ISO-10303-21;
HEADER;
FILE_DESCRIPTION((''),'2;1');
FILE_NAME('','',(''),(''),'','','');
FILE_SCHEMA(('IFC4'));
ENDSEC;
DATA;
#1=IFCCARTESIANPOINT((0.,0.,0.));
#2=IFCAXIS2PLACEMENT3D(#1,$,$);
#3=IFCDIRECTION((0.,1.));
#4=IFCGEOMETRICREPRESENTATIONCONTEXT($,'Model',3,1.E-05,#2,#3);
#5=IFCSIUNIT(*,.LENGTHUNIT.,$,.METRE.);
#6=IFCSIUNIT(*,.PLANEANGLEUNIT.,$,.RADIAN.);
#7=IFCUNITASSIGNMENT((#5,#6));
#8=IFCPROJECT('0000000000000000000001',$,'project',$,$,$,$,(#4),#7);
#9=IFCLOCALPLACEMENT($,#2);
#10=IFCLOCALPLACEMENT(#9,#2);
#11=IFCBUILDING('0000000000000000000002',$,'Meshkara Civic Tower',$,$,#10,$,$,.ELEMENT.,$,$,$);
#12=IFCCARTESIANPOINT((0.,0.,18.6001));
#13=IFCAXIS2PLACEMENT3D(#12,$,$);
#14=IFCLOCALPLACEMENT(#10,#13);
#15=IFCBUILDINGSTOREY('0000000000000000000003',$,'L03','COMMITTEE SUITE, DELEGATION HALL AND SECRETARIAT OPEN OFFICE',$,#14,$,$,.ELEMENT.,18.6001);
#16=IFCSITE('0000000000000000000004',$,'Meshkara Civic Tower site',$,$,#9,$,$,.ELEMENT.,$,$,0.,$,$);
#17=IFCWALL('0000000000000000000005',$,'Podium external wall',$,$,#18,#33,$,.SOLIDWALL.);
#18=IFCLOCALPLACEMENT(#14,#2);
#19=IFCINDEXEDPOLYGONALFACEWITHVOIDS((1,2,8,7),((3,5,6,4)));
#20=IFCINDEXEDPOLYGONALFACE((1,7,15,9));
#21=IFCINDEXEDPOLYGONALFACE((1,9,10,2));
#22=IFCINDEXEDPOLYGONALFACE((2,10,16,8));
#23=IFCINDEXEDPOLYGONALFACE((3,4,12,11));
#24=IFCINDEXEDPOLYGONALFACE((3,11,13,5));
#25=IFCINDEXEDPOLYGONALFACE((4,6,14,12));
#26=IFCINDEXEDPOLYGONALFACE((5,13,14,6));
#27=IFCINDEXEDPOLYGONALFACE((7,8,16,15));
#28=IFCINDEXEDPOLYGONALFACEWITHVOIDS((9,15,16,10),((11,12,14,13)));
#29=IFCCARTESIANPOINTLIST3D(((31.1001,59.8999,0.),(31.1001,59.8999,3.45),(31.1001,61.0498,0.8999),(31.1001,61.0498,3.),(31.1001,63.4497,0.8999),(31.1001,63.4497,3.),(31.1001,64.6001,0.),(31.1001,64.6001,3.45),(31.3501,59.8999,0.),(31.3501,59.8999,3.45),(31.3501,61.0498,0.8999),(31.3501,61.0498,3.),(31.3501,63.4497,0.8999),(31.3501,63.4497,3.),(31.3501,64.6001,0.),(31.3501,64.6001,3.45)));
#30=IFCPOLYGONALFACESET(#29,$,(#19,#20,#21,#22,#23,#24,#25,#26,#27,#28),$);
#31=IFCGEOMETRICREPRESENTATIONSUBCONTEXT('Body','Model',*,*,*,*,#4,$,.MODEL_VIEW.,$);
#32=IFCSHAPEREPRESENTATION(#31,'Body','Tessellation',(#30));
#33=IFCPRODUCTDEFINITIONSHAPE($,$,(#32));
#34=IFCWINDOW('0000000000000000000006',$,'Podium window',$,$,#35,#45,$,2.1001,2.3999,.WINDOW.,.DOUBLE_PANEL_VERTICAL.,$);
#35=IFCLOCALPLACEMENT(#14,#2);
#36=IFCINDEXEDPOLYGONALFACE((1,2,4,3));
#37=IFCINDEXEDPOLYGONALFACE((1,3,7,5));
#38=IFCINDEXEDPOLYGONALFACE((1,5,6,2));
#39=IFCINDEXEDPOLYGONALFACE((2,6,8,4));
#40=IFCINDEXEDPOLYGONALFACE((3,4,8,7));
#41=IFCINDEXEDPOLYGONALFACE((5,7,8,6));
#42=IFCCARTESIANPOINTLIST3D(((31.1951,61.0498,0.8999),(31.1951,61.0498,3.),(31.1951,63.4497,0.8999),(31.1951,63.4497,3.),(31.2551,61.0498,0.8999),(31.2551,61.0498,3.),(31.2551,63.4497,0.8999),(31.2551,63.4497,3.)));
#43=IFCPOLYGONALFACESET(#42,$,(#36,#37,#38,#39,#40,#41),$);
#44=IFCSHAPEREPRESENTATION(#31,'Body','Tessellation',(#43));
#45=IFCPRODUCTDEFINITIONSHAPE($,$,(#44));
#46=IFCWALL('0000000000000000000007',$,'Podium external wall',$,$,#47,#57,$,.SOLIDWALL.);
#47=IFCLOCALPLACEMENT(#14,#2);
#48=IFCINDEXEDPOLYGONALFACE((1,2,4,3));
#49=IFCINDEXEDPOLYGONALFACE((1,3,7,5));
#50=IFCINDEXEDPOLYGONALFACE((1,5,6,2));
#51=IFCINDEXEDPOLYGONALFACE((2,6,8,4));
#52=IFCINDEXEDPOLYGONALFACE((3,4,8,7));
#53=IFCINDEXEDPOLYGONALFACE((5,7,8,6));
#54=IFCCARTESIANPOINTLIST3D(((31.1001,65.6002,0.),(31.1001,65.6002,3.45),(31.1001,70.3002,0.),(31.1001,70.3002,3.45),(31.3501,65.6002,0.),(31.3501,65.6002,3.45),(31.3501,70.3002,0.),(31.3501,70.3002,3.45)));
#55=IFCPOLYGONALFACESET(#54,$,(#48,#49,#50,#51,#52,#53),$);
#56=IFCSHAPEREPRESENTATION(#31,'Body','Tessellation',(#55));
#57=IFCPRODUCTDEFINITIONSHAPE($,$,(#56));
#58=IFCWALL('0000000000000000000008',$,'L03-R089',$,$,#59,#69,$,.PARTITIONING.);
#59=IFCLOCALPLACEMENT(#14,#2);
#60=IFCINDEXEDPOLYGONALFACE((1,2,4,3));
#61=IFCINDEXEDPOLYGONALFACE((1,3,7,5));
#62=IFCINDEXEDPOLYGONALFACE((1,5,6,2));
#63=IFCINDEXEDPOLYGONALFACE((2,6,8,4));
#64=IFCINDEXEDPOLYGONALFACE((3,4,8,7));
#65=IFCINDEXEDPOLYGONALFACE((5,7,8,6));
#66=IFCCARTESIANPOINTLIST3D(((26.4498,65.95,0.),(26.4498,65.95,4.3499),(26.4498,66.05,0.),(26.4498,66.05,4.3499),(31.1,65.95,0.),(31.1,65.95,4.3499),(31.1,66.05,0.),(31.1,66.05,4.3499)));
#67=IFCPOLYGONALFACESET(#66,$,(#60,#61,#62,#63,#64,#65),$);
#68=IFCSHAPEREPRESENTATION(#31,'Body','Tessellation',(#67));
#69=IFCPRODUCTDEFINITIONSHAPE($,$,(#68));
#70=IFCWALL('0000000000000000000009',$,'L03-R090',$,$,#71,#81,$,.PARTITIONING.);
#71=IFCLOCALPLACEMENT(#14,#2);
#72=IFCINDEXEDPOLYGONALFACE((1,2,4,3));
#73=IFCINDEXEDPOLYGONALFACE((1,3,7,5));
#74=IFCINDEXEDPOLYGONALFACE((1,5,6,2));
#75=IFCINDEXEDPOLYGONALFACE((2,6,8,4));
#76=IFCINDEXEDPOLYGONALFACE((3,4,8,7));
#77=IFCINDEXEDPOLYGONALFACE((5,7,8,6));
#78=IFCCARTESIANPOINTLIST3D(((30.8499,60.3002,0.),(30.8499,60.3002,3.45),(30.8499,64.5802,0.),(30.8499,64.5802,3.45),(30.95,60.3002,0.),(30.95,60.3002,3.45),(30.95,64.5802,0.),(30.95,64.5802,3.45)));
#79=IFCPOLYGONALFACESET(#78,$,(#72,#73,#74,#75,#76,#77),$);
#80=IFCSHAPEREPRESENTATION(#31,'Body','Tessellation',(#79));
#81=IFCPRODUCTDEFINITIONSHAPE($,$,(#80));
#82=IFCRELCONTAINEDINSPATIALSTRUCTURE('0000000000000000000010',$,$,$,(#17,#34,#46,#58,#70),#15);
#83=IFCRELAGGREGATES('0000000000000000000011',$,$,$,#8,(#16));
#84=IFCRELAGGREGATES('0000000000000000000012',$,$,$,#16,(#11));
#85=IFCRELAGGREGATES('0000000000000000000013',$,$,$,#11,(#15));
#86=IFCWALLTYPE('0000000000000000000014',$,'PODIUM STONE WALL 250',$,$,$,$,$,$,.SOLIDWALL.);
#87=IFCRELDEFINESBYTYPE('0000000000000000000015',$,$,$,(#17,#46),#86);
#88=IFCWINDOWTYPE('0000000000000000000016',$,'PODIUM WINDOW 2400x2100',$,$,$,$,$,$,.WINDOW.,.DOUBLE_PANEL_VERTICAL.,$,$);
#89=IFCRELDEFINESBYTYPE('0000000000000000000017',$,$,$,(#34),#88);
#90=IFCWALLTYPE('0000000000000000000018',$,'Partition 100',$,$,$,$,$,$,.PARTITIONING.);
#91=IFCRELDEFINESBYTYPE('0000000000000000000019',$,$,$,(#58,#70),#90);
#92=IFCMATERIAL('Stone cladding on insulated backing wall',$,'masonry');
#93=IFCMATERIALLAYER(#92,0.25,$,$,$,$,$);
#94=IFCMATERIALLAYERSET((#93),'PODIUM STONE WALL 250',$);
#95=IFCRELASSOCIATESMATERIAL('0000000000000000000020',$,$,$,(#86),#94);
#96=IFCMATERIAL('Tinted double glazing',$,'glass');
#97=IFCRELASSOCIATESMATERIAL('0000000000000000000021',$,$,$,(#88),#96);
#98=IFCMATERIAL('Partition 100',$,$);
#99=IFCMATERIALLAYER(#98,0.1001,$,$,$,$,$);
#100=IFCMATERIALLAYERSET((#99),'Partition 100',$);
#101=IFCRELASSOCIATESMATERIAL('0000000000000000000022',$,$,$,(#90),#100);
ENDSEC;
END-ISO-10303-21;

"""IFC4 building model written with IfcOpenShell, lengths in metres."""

from ifc_helpers import new_model, si_unit, direction, frame, frame_2d, origin, place, context, subcontext, project, spatial, rectangle, extrude, material, layer, layer_set, type_object, element, fill, save


model = new_model("IFC4")

# Units and contexts
model_context = context("Model", 3, precision=1e-05, world=origin(), true_north=direction((0.0, 1.0)))
body_context = subcontext(model_context, "Body", "Model", "MODEL_VIEW")
ifc_project = project(units=[si_unit("LENGTHUNIT", "METRE"), si_unit("PLANEANGLEUNIT", "RADIAN")], contexts=[model_context])

# Site, building, storey
site_placement = place(None, origin())
site = spatial("IfcSite", under=ifc_project, at=site_placement, Name="Meshkara Civic Tower site", CompositionType="ELEMENT", RefElevation=0.0)
building_placement = place(site_placement, origin())
building = spatial("IfcBuilding", under=site, at=building_placement, Name="Meshkara Civic Tower", CompositionType="ELEMENT")
storey_placement = place(building_placement, frame((0.0, 0.0, 18.6001)))
storey = spatial("IfcBuildingStorey", under=building, at=storey_placement, Name="L03", Description="COMMITTEE SUITE, DELEGATION HALL AND SECRETARIAT OPEN OFFICE", CompositionType="ELEMENT", Elevation=18.6001)

# Shared definitions
ifc_material_1 = material(Name="Stone cladding on insulated backing wall", Category="masonry")
ifc_layer_1 = layer(ifc_material_1, 0.25)
ifc_layer_set_1 = layer_set([ifc_layer_1], Name="PODIUM STONE WALL 250")
wall_type_1 = type_object("IfcWallType", Name="PODIUM STONE WALL 250", PredefinedType="SOLIDWALL", material=ifc_layer_set_1)

# Wall, opening, window
wall_1_placement = place(storey_placement, frame((31.2251, 59.8999, 0.0), z_axis=(0.0, 0.0, 1.0), x_axis=(0.0, 1.0, 0.0)))
wall_1 = element("IfcWall", 1, at=wall_1_placement, inside=storey, type_object=wall_type_1, Name="Podium external wall", PredefinedType="SOLIDWALL", context=body_context, shape_type="SweptSolid", body=[
    extrude(rectangle(XDim=4.7002, YDim=0.25, at=frame_2d((2.3501, 0.0))), origin(), (0.0, 0.0, 1.0), 3.45),
])
opening_1_placement = place(wall_1_placement, frame((1.1499, 0.0, 0.8999)))
opening_1 = element("IfcOpeningElement", 2, at=opening_1_placement, cuts=wall_1, PredefinedType="OPENING", context=body_context, shape_type="SweptSolid", body=[
    extrude(rectangle(XDim=2.3999, YDim=2.1001, at=frame_2d((1.2, 1.05))), frame((0.0, 0.135, 0.0), z_axis=(0.0, -1.0, 0.0), x_axis=(1.0, 0.0, 0.0)), (0.0, 0.0, 1.0), 0.27),
])
ifc_material_2 = material(Name="Tinted double glazing", Category="glass")
window_type = type_object("IfcWindowType", Name="PODIUM WINDOW 2400x2100", PartitioningType="DOUBLE_PANEL_VERTICAL", PredefinedType="WINDOW", material=ifc_material_2)
window_placement = place(opening_1_placement, origin())
window = element("IfcWindow", 3, at=window_placement, inside=storey, type_object=window_type, Name="Podium window", OverallHeight=2.1001, OverallWidth=2.3999, PartitioningType="DOUBLE_PANEL_VERTICAL", PredefinedType="WINDOW", context=body_context, shape_type="SweptSolid", body=[
    extrude(rectangle(XDim=2.3999, YDim=2.1001, at=frame_2d((1.2, 1.05))), frame((0.0, 0.03, 0.0), z_axis=(0.0, -1.0, 0.0), x_axis=(1.0, 0.0, 0.0)), (0.0, 0.0, 1.0), 0.0601),
])
fill(opening_1, window)

# Walls
wall_2_placement = place(storey_placement, frame((31.2251, 65.6001, 0.0), z_axis=(0.0, 0.0, 1.0), x_axis=(0.0, 1.0, 0.0)))
element("IfcWall", 4, at=wall_2_placement, inside=storey, type_object=wall_type_1, Name="Podium external wall", PredefinedType="SOLIDWALL", context=body_context, shape_type="SweptSolid", body=[
    extrude(rectangle(XDim=4.7, YDim=0.25, at=frame_2d((2.3501, 0.0))), origin(), (0.0, 0.0, 1.0), 3.45),
])
ifc_material_3 = material(Name="Partition 100")
ifc_layer_2 = layer(ifc_material_3, 0.1001)
ifc_layer_set_2 = layer_set([ifc_layer_2], Name="Partition 100")
wall_type_2 = type_object("IfcWallType", Name="Partition 100", PredefinedType="PARTITIONING", material=ifc_layer_set_2)
wall_3_placement = place(storey_placement, frame((31.1001, 66.0, 0.0), z_axis=(0.0, 0.0, 1.0), x_axis=(-1.0, 0.0, 0.0)))
element("IfcWall", 5, at=wall_3_placement, inside=storey, type_object=wall_type_2, Name="L03-R089", PredefinedType="PARTITIONING", context=body_context, shape_type="SweptSolid", body=[
    extrude(rectangle(XDim=4.6501, YDim=0.1001, at=frame_2d((2.3252, 0.0))), origin(), (0.0, 0.0, 1.0), 4.3499),
])
wall_4_placement = place(storey_placement, frame((30.8999, 60.3, 0.0), z_axis=(0.0, 0.0, 1.0), x_axis=(0.0, 1.0, 0.0)))
element("IfcWall", 6, at=wall_4_placement, inside=storey, type_object=wall_type_2, Name="L03-R090", PredefinedType="PARTITIONING", context=body_context, shape_type="SweptSolid", body=[
    extrude(rectangle(XDim=4.28, YDim=0.1001, at=frame_2d((2.1401, 0.0))), origin(), (0.0, 0.0, 1.0), 3.45),
])

save(model, "model.ifc")
